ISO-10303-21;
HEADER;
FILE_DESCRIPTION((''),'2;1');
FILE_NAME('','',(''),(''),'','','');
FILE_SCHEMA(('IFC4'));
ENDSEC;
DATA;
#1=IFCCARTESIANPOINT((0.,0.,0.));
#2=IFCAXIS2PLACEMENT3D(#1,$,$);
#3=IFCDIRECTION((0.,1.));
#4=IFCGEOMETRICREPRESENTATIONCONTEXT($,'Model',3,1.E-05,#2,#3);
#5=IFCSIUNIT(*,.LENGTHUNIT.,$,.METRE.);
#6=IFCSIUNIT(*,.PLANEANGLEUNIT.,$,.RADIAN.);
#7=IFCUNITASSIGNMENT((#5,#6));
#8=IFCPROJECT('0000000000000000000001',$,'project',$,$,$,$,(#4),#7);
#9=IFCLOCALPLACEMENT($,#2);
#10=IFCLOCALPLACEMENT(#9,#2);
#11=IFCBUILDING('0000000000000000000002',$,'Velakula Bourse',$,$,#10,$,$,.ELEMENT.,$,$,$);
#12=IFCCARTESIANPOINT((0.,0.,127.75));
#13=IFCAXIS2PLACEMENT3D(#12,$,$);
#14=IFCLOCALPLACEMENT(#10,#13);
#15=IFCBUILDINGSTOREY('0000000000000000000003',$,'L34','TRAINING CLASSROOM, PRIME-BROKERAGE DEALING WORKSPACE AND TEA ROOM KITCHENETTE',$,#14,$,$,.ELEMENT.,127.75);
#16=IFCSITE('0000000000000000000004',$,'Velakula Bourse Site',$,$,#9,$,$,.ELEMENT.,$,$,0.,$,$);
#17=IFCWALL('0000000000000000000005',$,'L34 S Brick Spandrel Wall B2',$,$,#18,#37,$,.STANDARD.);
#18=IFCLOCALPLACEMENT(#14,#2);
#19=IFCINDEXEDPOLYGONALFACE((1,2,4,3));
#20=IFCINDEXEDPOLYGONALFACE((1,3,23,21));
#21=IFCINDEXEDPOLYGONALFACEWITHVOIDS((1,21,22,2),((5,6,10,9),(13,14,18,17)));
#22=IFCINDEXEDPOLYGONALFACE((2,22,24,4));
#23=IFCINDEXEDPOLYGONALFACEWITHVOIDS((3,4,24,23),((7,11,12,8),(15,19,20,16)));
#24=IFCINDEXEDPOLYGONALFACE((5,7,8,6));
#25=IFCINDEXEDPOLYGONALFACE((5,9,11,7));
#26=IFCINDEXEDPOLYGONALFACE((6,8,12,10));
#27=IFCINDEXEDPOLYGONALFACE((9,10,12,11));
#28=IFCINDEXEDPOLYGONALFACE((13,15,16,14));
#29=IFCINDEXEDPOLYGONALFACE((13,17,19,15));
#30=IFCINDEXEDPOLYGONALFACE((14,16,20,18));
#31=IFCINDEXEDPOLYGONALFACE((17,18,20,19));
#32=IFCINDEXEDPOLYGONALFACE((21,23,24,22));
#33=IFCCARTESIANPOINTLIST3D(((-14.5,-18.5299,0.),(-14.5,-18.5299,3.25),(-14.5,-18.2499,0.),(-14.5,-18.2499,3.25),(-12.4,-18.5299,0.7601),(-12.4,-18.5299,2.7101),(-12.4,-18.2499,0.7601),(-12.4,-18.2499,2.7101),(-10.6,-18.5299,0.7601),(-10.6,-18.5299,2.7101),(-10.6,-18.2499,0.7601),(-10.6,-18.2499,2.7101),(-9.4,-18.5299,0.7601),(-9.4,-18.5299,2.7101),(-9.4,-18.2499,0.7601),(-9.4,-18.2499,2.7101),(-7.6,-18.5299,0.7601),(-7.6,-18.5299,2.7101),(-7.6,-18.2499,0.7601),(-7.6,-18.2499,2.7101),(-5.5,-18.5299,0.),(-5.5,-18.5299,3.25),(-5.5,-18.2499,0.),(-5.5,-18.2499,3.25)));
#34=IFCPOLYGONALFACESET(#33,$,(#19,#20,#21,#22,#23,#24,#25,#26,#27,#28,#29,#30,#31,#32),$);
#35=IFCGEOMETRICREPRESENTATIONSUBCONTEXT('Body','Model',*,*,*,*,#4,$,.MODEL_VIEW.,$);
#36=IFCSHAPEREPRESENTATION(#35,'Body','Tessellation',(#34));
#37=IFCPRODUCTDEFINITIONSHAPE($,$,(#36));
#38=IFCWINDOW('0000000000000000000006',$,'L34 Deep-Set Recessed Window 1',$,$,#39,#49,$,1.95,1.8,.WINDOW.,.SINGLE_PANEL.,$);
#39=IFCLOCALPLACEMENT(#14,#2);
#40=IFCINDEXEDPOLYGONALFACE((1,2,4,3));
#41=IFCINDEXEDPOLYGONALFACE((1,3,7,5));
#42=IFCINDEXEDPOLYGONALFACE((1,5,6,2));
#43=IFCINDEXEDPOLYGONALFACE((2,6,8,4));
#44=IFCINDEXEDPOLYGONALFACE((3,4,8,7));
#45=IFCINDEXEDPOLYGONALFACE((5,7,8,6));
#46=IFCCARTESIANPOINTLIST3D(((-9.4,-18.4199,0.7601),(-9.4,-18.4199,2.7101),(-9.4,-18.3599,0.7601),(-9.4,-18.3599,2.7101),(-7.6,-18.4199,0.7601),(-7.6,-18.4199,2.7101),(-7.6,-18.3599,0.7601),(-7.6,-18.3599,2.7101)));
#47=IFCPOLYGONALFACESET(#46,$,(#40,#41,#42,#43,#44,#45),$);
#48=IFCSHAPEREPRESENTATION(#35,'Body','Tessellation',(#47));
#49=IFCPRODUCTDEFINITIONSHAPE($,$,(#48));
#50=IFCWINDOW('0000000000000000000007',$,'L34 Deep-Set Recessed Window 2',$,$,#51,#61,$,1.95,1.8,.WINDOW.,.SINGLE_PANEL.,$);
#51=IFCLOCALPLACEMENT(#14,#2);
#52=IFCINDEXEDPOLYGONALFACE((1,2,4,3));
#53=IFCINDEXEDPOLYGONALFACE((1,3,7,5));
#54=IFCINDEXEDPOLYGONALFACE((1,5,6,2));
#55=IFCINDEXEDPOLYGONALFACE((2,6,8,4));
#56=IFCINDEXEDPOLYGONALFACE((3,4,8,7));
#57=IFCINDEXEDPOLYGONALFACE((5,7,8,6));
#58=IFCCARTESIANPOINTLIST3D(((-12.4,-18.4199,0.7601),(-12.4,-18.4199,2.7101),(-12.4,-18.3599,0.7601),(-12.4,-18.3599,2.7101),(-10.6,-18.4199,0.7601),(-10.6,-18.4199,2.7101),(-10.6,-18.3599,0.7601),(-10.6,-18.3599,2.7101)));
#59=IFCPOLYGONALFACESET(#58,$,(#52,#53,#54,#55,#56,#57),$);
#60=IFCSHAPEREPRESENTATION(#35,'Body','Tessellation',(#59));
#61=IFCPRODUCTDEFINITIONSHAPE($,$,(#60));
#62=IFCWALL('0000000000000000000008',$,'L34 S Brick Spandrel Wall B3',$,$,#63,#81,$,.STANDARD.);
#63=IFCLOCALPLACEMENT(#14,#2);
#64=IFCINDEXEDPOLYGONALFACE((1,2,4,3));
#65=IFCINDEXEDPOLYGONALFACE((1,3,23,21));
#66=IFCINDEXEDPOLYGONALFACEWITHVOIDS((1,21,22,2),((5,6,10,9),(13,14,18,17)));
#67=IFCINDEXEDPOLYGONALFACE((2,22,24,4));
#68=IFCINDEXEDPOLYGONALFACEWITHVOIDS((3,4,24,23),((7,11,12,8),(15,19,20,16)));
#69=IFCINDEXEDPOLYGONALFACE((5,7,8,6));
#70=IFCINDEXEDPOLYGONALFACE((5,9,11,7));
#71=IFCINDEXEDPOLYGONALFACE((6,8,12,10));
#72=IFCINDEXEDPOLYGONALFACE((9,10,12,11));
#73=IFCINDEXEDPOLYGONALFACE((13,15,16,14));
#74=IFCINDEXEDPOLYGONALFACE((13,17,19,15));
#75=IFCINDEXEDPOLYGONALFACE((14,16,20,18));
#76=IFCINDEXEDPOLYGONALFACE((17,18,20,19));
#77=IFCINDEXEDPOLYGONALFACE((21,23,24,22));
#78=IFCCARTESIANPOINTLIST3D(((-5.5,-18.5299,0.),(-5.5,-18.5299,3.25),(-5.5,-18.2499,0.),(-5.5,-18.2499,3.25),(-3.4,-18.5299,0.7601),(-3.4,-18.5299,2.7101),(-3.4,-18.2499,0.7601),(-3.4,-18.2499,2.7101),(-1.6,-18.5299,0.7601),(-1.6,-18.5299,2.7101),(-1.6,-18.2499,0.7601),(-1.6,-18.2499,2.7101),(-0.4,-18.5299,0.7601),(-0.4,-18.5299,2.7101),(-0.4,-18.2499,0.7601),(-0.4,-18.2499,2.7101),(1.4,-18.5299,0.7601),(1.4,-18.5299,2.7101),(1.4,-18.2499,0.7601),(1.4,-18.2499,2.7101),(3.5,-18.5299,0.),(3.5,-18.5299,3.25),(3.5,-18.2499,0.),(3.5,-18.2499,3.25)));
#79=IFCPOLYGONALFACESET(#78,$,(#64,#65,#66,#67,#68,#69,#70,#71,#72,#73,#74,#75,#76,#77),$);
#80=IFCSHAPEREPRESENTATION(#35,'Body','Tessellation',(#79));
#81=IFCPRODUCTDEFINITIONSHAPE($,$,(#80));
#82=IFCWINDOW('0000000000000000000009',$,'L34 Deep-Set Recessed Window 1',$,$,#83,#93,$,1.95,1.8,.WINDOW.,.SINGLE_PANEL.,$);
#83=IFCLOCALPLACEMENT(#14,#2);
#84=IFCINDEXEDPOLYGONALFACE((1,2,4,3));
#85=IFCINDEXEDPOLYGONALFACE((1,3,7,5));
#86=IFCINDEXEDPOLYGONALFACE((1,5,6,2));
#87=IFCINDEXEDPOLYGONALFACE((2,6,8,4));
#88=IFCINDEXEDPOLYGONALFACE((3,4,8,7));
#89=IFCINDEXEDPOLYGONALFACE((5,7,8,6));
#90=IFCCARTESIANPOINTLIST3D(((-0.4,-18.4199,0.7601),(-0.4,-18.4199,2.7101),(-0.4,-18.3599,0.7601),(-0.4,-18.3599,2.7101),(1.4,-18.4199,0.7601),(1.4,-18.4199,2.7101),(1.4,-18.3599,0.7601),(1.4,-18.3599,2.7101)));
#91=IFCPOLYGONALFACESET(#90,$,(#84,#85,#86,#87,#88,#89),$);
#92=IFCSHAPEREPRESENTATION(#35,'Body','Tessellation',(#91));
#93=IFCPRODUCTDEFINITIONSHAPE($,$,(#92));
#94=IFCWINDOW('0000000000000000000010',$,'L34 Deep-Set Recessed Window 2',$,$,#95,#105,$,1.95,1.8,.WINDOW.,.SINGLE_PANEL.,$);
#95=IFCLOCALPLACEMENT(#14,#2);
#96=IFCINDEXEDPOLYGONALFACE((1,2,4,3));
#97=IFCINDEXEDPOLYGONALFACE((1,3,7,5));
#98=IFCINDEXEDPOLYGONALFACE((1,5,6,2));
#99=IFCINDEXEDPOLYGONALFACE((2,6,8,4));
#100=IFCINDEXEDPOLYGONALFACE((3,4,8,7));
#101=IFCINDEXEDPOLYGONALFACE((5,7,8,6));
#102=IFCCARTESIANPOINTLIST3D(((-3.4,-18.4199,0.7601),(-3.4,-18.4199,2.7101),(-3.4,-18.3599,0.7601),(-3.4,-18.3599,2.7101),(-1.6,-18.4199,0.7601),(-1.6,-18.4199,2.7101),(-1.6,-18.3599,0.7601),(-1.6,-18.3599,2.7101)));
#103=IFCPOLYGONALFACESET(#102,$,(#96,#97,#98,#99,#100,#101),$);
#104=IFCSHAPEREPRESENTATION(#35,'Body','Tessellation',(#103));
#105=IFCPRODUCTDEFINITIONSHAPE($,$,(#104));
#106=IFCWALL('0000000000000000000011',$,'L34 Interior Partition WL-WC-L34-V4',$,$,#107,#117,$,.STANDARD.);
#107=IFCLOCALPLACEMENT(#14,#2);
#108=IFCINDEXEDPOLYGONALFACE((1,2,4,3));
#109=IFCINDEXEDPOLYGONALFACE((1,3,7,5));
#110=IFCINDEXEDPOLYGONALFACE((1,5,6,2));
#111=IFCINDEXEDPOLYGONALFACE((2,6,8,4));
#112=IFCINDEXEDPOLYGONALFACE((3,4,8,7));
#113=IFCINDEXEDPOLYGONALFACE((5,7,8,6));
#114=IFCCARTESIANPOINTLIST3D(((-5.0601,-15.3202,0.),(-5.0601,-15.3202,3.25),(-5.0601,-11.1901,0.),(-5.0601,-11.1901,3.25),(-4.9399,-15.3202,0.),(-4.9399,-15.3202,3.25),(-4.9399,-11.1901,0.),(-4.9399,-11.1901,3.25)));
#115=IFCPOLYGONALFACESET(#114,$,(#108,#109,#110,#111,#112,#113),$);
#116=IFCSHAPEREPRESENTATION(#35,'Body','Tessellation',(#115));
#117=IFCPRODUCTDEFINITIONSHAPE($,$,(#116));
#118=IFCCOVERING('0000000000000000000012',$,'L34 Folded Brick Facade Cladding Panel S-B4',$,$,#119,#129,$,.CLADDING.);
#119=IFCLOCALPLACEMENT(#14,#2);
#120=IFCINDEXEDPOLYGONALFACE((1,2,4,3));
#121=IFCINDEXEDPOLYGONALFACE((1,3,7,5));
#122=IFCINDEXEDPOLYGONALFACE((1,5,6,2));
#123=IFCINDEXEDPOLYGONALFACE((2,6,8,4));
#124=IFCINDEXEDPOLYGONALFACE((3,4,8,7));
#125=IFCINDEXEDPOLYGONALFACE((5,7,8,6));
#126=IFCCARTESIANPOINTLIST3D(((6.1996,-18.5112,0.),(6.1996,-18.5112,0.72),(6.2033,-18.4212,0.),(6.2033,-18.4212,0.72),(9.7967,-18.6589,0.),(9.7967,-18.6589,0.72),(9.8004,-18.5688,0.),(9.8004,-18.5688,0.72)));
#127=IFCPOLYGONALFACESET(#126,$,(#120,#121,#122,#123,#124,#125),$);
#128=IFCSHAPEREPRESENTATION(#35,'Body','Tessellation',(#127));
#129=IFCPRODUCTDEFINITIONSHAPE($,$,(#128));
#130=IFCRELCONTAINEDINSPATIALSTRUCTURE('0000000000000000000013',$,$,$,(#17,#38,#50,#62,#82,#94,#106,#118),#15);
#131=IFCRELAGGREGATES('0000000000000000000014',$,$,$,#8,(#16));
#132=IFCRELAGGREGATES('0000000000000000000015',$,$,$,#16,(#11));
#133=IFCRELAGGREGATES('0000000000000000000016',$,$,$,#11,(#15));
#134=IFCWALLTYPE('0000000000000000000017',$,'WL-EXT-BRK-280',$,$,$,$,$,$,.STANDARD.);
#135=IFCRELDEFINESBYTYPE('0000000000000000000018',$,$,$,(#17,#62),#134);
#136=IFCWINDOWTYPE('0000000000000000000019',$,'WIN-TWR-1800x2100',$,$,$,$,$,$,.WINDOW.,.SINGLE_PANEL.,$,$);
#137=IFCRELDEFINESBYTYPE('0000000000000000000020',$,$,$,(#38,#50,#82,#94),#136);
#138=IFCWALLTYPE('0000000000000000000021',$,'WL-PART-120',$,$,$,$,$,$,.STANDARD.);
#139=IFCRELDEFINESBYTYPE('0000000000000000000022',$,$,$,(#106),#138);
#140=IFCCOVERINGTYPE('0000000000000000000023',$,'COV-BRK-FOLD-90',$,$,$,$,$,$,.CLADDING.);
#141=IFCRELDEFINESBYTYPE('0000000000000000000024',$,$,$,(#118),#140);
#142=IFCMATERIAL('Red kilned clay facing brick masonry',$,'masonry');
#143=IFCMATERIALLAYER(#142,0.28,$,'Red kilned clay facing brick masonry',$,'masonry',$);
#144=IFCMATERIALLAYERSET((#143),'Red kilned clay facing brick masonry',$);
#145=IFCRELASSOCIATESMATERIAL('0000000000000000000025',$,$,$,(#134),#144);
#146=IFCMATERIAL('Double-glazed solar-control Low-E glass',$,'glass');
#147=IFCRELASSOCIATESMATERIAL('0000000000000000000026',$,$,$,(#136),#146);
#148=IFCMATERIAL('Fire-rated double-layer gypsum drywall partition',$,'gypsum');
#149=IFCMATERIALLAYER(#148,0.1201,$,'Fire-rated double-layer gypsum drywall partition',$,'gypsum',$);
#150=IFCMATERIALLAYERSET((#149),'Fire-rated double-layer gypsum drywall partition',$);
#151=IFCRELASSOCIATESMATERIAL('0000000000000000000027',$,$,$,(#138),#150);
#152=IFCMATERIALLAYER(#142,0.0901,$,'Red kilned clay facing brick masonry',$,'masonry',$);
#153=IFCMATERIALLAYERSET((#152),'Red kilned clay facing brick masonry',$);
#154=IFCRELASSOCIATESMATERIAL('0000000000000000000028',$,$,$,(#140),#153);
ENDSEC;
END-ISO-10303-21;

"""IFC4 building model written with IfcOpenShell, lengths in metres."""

from ifc_helpers import new_model, si_unit, direction, frame, frame_2d, origin, origin_2d, place, context, subcontext, project, spatial, rectangle, extrude, material, layer, layer_set, type_object, element, fill, save


model = new_model("IFC4")

# Units and contexts
model_context = context("Model", 3, precision=1e-05, world=origin(), true_north=direction((0.0, 1.0)))
body_context = subcontext(model_context, "Body", "Model", "MODEL_VIEW")
ifc_project = project(units=[si_unit("LENGTHUNIT", "METRE"), si_unit("PLANEANGLEUNIT", "RADIAN")], contexts=[model_context])

# Site, building, storey
site_placement = place(None, origin())
site = spatial("IfcSite", under=ifc_project, at=site_placement, Name="Velakula Bourse Site", CompositionType="ELEMENT", RefElevation=0.0)
building_placement = place(site_placement, origin())
building = spatial("IfcBuilding", under=site, at=building_placement, Name="Velakula Bourse", CompositionType="ELEMENT")
storey_placement = place(building_placement, frame((0.0, 0.0, 127.75)))
storey = spatial("IfcBuildingStorey", under=building, at=storey_placement, Name="L34", Description="TRAINING CLASSROOM, PRIME-BROKERAGE DEALING WORKSPACE AND TEA ROOM KITCHENETTE", CompositionType="ELEMENT", Elevation=127.75)

# Walls, openings, windows
ifc_material_1 = material(Name="Red kilned clay facing brick masonry", Category="masonry")
ifc_layer_1 = layer(ifc_material_1, 0.28, Name="Red kilned clay facing brick masonry", Category="masonry")
ifc_layer_set_1 = layer_set([ifc_layer_1], Name="Red kilned clay facing brick masonry")
wall_type_1 = type_object("IfcWallType", Name="WL-EXT-BRK-280", PredefinedType="STANDARD", material=ifc_layer_set_1)
wall_1_placement = place(storey_placement, frame((-5.5, -18.3899, 0.0), z_axis=(0.0, 0.0, 1.0), x_axis=(-1.0, 0.0, 0.0)))
wall_1 = element("IfcWall", 1, at=wall_1_placement, inside=storey, type_object=wall_type_1, Name="L34 S Brick Spandrel Wall B2", PredefinedType="STANDARD", context=body_context, shape_type="SweptSolid", body=[
    extrude(rectangle(XDim=9.0, YDim=0.28, at=frame_2d((4.5, 0.0))), origin(), (0.0, 0.0, 1.0), 3.25),
])
opening_1_placement = place(wall_1_placement, frame((2.1001, 0.0, 0.76)))
opening_1 = element("IfcOpeningElement", 2, at=opening_1_placement, cuts=wall_1, PredefinedType="OPENING", context=body_context, shape_type="SweptSolid", body=[
    extrude(rectangle(XDim=1.8, YDim=1.95, at=frame_2d((0.8999, 0.9751))), frame((0.0, 0.1499, 0.0), z_axis=(0.0, -1.0, 0.0), x_axis=(1.0, 0.0, 0.0)), (0.0, 0.0, 1.0), 0.3),
])
opening_2_placement = place(wall_1_placement, frame((5.1001, 0.0, 0.76)))
opening_2 = element("IfcOpeningElement", 3, at=opening_2_placement, cuts=wall_1, PredefinedType="OPENING", context=body_context, shape_type="SweptSolid", body=[
    extrude(rectangle(XDim=1.8, YDim=1.95, at=frame_2d((0.8999, 0.9751))), frame((0.0, 0.1499, 0.0), z_axis=(0.0, -1.0, 0.0), x_axis=(1.0, 0.0, 0.0)), (0.0, 0.0, 1.0), 0.3),
])
ifc_material_2 = material(Name="Double-glazed solar-control Low-E glass", Category="glass")
window_type = type_object("IfcWindowType", Name="WIN-TWR-1800x2100", PartitioningType="SINGLE_PANEL", PredefinedType="WINDOW", material=ifc_material_2)
window_1_placement = place(opening_1_placement, origin())
window_1 = element("IfcWindow", 4, at=window_1_placement, inside=storey, type_object=window_type, Name="L34 Deep-Set Recessed Window 1", OverallHeight=1.95, OverallWidth=1.8, PartitioningType="SINGLE_PANEL", PredefinedType="WINDOW", context=body_context, shape_type="SweptSolid", body=[
    extrude(rectangle(XDim=1.8, YDim=1.95, at=frame_2d((0.8999, 0.9751))), frame((0.0, 0.03, 0.0), z_axis=(0.0, -1.0, 0.0), x_axis=(1.0, 0.0, 0.0)), (0.0, 0.0, 1.0), 0.0601),
])
fill(opening_1, window_1)
window_2_placement = place(opening_2_placement, origin())
window_2 = element("IfcWindow", 5, at=window_2_placement, inside=storey, type_object=window_type, Name="L34 Deep-Set Recessed Window 2", OverallHeight=1.95, OverallWidth=1.8, PartitioningType="SINGLE_PANEL", PredefinedType="WINDOW", context=body_context, shape_type="SweptSolid", body=[
    extrude(rectangle(XDim=1.8, YDim=1.95, at=frame_2d((0.8999, 0.9751))), frame((0.0, 0.03, 0.0), z_axis=(0.0, -1.0, 0.0), x_axis=(1.0, 0.0, 0.0)), (0.0, 0.0, 1.0), 0.0601),
])
fill(opening_2, window_2)
wall_2_placement = place(storey_placement, frame((3.5, -18.3899, 0.0), z_axis=(0.0, 0.0, 1.0), x_axis=(-1.0, 0.0, 0.0)))
wall_2 = element("IfcWall", 6, at=wall_2_placement, inside=storey, type_object=wall_type_1, Name="L34 S Brick Spandrel Wall B3", PredefinedType="STANDARD", context=body_context, shape_type="SweptSolid", body=[
    extrude(rectangle(XDim=9.0, YDim=0.28, at=frame_2d((4.5, 0.0))), origin(), (0.0, 0.0, 1.0), 3.25),
])
opening_3_placement = place(wall_2_placement, frame((2.1001, 0.0, 0.76)))
opening_3 = element("IfcOpeningElement", 7, at=opening_3_placement, cuts=wall_2, PredefinedType="OPENING", context=body_context, shape_type="SweptSolid", body=[
    extrude(rectangle(XDim=1.8, YDim=1.95, at=frame_2d((0.8999, 0.9751))), frame((0.0, 0.1499, 0.0), z_axis=(0.0, -1.0, 0.0), x_axis=(1.0, 0.0, 0.0)), (0.0, 0.0, 1.0), 0.3),
])
opening_4_placement = place(wall_2_placement, frame((5.1001, 0.0, 0.76)))
opening_4 = element("IfcOpeningElement", 8, at=opening_4_placement, cuts=wall_2, PredefinedType="OPENING", context=body_context, shape_type="SweptSolid", body=[
    extrude(rectangle(XDim=1.8, YDim=1.95, at=frame_2d((0.8999, 0.9751))), frame((0.0, 0.1499, 0.0), z_axis=(0.0, -1.0, 0.0), x_axis=(1.0, 0.0, 0.0)), (0.0, 0.0, 1.0), 0.3),
])
window_3_placement = place(opening_3_placement, origin())
window_3 = element("IfcWindow", 9, at=window_3_placement, inside=storey, type_object=window_type, Name="L34 Deep-Set Recessed Window 1", OverallHeight=1.95, OverallWidth=1.8, PartitioningType="SINGLE_PANEL", PredefinedType="WINDOW", context=body_context, shape_type="SweptSolid", body=[
    extrude(rectangle(XDim=1.8, YDim=1.95, at=frame_2d((0.8999, 0.9751))), frame((0.0, 0.03, 0.0), z_axis=(0.0, -1.0, 0.0), x_axis=(1.0, 0.0, 0.0)), (0.0, 0.0, 1.0), 0.0601),
])
fill(opening_3, window_3)
window_4_placement = place(opening_4_placement, origin())
window_4 = element("IfcWindow", 10, at=window_4_placement, inside=storey, type_object=window_type, Name="L34 Deep-Set Recessed Window 2", OverallHeight=1.95, OverallWidth=1.8, PartitioningType="SINGLE_PANEL", PredefinedType="WINDOW", context=body_context, shape_type="SweptSolid", body=[
    extrude(rectangle(XDim=1.8, YDim=1.95, at=frame_2d((0.8999, 0.9751))), frame((0.0, 0.03, 0.0), z_axis=(0.0, -1.0, 0.0), x_axis=(1.0, 0.0, 0.0)), (0.0, 0.0, 1.0), 0.0601),
])
fill(opening_4, window_4)

# Wall
ifc_material_3 = material(Name="Fire-rated double-layer gypsum drywall partition", Category="gypsum")
ifc_layer_2 = layer(ifc_material_3, 0.1201, Name="Fire-rated double-layer gypsum drywall partition", Category="gypsum")
ifc_layer_set_2 = layer_set([ifc_layer_2], Name="Fire-rated double-layer gypsum drywall partition")
wall_type_2 = type_object("IfcWallType", Name="WL-PART-120", PredefinedType="STANDARD", material=ifc_layer_set_2)
wall_3_placement = place(storey_placement, frame((-5.0, -15.3201, 0.0), z_axis=(0.0, 0.0, 1.0), x_axis=(0.0, 1.0, 0.0)))
element("IfcWall", 11, at=wall_3_placement, inside=storey, type_object=wall_type_2, Name="L34 Interior Partition WL-WC-L34-V4", PredefinedType="STANDARD", context=body_context, shape_type="SweptSolid", body=[
    extrude(rectangle(XDim=4.1301, YDim=0.1201, at=frame_2d((2.0649, 0.0))), origin(), (0.0, 0.0, 1.0), 3.25),
])

# Covering
ifc_layer_3 = layer(ifc_material_1, 0.0901, Name="Red kilned clay facing brick masonry", Category="masonry")
ifc_layer_set_3 = layer_set([ifc_layer_3], Name="Red kilned clay facing brick masonry")
covering_type = type_object("IfcCoveringType", Name="COV-BRK-FOLD-90", PredefinedType="CLADDING", material=ifc_layer_set_3)
covering_placement = place(storey_placement, frame((8.0, -18.54, 0.0), z_axis=(0.0, 0.0, 1.0), x_axis=(0.999159, -0.041004, 0.0)))
element("IfcCovering", 12, at=covering_placement, inside=storey, type_object=covering_type, Name="L34 Folded Brick Facade Cladding Panel S-B4", PredefinedType="CLADDING", context=body_context, shape_type="SweptSolid", body=[
    extrude(rectangle(XDim=3.6001, YDim=0.0901, at=origin_2d()), origin(), (0.0, 0.0, 1.0), 0.72),
])

save(model, "model.ifc")
